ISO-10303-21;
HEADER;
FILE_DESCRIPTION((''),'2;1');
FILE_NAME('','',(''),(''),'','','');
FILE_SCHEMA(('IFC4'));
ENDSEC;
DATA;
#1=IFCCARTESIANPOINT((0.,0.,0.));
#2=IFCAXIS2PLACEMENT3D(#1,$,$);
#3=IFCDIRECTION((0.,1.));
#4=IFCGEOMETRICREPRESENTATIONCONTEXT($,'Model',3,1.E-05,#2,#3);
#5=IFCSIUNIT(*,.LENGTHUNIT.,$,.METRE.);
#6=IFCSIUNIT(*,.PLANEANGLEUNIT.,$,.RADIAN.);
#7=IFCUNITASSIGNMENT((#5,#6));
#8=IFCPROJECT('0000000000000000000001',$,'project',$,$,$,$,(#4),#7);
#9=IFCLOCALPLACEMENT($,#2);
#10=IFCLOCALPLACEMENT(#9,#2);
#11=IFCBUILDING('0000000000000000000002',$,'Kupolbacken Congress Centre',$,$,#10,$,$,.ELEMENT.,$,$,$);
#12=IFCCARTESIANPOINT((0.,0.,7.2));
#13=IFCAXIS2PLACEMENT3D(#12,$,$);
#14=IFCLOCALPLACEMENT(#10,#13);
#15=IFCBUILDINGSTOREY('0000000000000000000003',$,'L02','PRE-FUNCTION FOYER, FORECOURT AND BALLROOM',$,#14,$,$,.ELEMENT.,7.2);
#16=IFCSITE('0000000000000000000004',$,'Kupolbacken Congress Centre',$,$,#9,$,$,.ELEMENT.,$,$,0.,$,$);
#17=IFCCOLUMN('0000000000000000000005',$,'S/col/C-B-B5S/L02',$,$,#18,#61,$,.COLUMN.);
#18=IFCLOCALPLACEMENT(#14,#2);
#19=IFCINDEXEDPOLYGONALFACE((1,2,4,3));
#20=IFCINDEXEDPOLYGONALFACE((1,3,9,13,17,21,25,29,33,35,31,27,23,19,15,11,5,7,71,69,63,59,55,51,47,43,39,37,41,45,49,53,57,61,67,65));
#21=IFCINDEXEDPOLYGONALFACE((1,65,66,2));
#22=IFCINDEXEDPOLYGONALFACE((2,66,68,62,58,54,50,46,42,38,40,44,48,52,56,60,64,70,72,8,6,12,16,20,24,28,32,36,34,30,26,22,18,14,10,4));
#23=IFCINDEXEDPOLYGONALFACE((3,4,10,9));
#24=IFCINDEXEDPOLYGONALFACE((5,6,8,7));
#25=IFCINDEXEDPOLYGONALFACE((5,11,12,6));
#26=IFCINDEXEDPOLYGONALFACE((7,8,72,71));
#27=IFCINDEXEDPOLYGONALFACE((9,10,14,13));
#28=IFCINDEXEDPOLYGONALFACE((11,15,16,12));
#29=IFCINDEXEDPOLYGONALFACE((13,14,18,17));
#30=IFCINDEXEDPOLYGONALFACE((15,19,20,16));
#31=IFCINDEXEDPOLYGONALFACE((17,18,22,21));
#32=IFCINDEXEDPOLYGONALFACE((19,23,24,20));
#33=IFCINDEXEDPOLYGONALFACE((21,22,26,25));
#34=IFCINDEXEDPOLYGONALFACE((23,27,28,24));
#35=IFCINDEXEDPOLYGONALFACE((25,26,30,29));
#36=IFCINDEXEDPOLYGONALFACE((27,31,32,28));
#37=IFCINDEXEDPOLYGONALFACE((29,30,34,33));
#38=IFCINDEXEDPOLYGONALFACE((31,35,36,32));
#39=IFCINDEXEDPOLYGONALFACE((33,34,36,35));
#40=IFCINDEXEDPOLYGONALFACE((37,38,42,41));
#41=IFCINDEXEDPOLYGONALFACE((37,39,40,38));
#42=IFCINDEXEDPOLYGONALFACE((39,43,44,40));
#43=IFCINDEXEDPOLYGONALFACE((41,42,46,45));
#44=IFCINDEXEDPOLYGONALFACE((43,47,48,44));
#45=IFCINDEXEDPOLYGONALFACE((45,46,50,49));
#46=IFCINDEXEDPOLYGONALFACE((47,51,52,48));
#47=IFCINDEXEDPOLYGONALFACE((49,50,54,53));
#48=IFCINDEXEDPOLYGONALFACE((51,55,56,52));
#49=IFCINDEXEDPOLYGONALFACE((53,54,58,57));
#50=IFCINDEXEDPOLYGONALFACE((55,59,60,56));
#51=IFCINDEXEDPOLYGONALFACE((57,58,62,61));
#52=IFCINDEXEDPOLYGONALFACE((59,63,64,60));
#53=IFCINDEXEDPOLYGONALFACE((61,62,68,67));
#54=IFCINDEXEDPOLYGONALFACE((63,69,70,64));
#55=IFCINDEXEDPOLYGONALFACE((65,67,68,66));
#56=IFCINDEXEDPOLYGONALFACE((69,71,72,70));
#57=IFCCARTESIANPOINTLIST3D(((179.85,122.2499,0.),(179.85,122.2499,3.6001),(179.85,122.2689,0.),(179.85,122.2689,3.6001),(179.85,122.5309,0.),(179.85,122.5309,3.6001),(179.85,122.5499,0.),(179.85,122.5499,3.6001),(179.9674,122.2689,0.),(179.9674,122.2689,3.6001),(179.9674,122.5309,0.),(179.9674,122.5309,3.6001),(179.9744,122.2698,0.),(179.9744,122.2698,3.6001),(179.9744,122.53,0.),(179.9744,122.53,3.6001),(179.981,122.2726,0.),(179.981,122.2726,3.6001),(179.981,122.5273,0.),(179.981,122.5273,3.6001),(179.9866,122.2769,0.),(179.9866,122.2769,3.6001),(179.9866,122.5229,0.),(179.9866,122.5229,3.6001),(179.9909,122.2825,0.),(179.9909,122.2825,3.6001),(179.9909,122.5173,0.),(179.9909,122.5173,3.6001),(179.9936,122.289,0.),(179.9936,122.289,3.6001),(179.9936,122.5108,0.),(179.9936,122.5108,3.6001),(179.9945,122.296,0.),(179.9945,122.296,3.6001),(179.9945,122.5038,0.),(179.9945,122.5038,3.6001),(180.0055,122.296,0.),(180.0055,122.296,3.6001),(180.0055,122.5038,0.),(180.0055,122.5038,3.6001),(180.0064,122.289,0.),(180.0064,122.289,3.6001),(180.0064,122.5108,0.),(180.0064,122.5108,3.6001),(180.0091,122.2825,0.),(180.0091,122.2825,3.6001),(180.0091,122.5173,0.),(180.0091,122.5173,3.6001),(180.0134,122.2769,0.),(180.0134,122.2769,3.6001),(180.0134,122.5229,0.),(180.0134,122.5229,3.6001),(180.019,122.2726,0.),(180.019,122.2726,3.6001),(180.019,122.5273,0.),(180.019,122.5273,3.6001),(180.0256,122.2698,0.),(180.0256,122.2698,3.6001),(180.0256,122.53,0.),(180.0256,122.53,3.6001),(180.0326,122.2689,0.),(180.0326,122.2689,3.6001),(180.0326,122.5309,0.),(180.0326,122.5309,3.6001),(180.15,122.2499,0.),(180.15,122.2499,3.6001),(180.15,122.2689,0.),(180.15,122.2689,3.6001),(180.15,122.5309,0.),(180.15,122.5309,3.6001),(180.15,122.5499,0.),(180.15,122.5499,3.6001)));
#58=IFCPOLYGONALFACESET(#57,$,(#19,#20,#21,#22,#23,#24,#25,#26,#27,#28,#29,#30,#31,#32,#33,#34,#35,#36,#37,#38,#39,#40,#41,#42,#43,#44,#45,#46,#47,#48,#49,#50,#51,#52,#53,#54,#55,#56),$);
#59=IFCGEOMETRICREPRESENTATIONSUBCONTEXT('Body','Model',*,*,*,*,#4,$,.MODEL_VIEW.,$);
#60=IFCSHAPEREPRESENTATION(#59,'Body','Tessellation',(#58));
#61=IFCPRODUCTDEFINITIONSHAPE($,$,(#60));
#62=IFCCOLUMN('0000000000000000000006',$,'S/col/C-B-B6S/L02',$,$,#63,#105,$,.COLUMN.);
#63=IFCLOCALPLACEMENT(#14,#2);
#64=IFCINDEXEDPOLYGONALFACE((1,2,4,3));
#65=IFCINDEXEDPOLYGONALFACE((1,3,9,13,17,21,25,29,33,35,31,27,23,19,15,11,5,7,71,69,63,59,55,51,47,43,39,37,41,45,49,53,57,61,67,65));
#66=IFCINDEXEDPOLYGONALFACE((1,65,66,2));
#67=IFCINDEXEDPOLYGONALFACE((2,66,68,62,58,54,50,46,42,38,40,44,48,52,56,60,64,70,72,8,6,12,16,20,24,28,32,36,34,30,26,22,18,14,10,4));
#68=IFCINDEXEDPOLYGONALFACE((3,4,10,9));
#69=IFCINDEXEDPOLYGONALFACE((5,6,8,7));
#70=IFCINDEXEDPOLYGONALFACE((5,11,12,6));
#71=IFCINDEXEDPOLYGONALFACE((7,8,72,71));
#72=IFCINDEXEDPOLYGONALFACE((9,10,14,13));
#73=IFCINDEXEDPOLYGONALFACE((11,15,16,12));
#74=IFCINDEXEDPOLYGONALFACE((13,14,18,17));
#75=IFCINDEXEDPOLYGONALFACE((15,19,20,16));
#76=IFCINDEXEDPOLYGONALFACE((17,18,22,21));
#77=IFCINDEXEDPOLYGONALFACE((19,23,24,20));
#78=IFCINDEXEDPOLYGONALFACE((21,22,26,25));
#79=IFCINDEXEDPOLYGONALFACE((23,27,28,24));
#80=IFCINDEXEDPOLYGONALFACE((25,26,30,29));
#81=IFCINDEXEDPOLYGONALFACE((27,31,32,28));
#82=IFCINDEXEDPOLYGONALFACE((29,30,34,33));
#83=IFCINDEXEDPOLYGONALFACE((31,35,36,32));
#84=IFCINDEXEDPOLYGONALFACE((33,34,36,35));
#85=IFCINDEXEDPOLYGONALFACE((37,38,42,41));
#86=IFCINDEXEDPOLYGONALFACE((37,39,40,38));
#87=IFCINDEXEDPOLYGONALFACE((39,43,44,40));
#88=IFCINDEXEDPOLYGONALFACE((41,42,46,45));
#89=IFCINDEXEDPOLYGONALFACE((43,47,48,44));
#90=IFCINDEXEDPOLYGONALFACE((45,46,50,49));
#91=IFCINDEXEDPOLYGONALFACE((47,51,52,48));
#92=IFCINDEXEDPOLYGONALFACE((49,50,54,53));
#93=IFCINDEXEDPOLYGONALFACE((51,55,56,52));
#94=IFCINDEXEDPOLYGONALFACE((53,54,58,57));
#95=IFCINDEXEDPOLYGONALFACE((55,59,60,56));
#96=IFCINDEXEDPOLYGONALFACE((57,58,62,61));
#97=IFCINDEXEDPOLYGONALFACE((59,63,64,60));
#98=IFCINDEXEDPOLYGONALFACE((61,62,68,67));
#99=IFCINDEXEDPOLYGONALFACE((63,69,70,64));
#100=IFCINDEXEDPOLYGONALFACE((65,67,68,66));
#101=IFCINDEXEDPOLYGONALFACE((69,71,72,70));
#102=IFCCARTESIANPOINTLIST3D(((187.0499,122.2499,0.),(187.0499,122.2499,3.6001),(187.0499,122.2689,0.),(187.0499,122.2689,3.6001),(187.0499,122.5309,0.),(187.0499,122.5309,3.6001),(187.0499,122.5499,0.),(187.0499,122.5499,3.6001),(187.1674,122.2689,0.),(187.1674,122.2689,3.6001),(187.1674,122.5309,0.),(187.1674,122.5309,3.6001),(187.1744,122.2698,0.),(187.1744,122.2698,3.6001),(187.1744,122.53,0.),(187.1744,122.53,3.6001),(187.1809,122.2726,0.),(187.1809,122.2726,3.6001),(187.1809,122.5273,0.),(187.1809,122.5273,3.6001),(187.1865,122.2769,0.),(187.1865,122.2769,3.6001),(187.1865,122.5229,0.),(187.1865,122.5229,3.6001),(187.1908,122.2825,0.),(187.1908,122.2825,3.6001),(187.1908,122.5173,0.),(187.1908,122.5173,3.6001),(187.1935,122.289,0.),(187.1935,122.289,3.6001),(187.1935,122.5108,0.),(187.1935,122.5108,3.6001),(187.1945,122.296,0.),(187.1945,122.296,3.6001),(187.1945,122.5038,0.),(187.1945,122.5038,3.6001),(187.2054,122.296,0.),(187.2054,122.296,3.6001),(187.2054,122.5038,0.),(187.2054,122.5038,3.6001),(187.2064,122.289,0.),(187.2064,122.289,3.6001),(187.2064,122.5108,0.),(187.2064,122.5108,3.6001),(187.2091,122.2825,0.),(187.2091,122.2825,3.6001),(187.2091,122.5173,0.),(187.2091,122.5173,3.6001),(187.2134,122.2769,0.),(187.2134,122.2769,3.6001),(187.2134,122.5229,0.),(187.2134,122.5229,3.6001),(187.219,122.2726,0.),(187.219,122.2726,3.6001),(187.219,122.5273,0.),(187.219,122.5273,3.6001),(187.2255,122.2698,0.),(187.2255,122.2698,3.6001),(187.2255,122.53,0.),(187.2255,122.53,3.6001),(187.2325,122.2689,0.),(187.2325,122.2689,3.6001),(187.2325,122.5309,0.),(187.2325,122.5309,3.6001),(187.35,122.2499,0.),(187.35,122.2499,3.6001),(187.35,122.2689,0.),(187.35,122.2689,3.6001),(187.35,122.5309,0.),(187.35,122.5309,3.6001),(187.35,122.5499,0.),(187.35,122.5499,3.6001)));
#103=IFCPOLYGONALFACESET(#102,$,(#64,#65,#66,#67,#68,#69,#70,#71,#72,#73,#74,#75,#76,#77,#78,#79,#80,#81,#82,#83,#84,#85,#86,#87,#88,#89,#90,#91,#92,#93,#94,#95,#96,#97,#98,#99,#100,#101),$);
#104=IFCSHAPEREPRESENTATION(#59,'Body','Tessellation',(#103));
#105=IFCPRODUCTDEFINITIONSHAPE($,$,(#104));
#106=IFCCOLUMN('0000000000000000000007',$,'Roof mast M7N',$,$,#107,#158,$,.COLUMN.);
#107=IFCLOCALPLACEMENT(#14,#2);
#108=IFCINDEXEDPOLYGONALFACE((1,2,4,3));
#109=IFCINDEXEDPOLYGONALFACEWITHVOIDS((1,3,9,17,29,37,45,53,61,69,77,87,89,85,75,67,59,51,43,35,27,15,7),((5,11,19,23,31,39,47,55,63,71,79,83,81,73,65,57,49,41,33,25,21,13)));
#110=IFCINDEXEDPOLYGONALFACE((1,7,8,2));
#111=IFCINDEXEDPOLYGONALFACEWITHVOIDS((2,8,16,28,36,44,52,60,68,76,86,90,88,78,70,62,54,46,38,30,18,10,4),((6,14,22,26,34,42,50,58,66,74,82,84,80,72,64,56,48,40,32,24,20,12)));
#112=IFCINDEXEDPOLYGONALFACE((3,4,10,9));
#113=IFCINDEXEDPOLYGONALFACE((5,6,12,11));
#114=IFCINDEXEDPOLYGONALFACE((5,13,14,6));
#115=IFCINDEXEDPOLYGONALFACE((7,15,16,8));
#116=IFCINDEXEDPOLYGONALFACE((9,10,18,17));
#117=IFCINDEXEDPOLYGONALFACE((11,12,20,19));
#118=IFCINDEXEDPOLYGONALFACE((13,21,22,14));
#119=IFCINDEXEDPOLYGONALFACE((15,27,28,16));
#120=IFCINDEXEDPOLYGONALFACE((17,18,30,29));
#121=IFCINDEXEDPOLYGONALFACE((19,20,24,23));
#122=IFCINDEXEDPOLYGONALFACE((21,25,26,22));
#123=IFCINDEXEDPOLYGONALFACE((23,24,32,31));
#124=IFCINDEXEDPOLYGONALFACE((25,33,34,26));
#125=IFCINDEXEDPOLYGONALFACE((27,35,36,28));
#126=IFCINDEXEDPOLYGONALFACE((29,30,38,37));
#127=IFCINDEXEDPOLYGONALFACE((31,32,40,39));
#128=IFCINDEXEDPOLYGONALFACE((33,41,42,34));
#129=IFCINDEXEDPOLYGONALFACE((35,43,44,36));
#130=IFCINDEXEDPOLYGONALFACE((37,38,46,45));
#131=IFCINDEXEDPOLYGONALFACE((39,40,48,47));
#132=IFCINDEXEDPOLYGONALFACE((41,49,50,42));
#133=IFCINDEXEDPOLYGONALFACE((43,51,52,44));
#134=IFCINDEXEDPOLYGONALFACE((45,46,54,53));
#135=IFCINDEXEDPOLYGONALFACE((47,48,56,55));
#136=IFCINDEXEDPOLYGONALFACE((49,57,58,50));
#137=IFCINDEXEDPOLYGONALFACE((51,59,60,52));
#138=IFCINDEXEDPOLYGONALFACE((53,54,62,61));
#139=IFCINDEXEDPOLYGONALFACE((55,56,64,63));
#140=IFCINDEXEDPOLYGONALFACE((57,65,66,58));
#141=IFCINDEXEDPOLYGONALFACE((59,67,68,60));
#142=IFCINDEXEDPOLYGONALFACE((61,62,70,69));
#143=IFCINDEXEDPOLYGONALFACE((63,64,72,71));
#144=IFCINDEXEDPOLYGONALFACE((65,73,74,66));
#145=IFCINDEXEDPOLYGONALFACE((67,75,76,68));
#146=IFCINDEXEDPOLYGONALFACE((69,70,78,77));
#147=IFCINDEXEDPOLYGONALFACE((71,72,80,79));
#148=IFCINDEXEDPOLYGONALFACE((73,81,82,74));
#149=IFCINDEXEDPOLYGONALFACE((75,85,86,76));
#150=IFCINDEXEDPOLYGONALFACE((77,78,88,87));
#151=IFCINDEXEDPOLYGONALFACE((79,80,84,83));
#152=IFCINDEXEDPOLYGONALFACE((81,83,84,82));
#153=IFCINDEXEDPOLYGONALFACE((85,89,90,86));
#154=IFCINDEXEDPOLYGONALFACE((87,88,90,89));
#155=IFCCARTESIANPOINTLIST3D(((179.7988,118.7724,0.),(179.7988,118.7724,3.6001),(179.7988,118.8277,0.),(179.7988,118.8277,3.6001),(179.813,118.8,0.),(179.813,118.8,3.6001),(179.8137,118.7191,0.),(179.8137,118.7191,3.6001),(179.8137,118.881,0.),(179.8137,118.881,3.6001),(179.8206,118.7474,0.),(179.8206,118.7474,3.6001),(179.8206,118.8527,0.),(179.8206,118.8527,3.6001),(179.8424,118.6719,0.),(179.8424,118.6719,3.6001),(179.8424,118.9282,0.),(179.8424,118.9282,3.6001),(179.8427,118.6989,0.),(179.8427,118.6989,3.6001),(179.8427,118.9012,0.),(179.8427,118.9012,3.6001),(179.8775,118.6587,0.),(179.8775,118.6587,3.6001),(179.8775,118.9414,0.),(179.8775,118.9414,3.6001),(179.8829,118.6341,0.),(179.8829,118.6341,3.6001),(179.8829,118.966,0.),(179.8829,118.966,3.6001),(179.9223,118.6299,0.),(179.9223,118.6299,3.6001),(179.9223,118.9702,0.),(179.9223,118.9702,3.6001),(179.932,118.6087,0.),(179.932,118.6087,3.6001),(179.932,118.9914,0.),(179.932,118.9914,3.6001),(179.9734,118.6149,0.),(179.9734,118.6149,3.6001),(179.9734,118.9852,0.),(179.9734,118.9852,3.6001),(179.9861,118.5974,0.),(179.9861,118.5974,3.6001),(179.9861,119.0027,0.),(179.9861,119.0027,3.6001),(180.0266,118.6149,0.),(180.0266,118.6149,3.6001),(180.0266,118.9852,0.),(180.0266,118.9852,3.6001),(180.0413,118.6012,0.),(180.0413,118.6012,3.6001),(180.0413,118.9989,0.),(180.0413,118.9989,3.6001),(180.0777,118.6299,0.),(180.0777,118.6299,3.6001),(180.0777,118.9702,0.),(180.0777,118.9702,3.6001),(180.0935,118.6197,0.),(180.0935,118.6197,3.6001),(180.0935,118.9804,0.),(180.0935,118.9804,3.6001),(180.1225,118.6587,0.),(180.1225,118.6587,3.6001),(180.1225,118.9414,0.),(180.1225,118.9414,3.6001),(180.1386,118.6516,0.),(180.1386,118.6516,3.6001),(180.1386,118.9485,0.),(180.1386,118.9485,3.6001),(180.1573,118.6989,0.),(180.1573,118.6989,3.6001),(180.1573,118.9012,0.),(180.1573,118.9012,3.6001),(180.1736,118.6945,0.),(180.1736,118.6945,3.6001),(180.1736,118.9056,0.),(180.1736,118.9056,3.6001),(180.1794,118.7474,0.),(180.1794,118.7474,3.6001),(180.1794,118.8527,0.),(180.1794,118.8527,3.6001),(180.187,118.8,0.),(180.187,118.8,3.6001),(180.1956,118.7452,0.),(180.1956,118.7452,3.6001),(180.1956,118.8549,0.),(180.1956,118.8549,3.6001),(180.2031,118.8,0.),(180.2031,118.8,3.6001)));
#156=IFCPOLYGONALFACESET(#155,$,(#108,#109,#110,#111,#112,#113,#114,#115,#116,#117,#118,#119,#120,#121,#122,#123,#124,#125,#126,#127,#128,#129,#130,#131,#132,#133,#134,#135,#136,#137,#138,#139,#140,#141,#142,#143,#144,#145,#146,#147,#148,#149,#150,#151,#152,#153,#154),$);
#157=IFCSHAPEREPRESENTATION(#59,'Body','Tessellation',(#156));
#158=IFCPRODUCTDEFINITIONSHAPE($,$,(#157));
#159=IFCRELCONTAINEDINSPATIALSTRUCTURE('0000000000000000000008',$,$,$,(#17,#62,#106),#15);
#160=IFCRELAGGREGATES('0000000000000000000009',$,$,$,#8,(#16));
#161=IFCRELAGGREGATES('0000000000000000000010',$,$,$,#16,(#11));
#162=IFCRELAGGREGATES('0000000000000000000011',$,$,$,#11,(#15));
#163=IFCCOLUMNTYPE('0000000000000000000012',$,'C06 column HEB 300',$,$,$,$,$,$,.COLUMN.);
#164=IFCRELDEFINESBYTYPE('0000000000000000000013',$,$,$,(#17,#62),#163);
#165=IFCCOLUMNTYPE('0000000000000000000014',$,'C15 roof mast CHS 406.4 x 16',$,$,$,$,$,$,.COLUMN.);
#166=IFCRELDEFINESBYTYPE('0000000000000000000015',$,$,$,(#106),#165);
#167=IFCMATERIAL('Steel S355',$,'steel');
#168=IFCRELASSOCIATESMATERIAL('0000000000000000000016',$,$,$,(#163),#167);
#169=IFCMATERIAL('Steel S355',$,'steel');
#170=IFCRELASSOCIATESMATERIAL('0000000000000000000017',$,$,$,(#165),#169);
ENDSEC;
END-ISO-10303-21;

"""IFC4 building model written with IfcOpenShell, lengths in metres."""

from ifc_helpers import new_model, si_unit, direction, frame, origin, origin_2d, place, context, subcontext, project, spatial, hollow_circle, i_section, extrude, material, material_profile, profile_set, type_object, element, save


model = new_model("IFC4")

# Units and contexts
model_context = context("Model", 3, precision=1e-05, world=origin(), true_north=direction((0.0, 1.0)))
body_context = subcontext(model_context, "Body", "Model", "MODEL_VIEW")
ifc_project = project(units=[si_unit("LENGTHUNIT", "METRE"), si_unit("PLANEANGLEUNIT", "RADIAN")], contexts=[model_context])

# Site, building, storey
site_placement = place(None, origin())
site = spatial("IfcSite", under=ifc_project, at=site_placement, Name="Kupolbacken Congress Centre", CompositionType="ELEMENT", RefElevation=0.0)
building_placement = place(site_placement, origin())
building = spatial("IfcBuilding", under=site, at=building_placement, Name="Kupolbacken Congress Centre", CompositionType="ELEMENT")
storey_placement = place(building_placement, frame((0.0, 0.0, 7.2)))
storey = spatial("IfcBuildingStorey", under=building, at=storey_placement, Name="L02", Description="PRE-FUNCTION FOYER, FORECOURT AND BALLROOM", CompositionType="ELEMENT", Elevation=7.2)

# Columns
ifc_material_1 = material(Name="Steel S355", Category="steel")
ifc_material_profile_1 = material_profile(ifc_material_1, i_section(OverallWidth=0.3, OverallDepth=0.3, WebThickness=0.011, FlangeThickness=0.019, FilletRadius=0.0271, at=origin_2d()), Name="HEB 300")
ifc_profile_set_1 = profile_set([ifc_material_profile_1], Name="Steel S355")
column_type_1 = type_object("IfcColumnType", Name="C06 column HEB 300", PredefinedType="COLUMN", material=ifc_profile_set_1)
for number, where, z_axis, x_axis, name in (
    (1, (180.0, 122.3999, 0.0), (0.0, 0.0, 1.0), (1.0, 0.0, 0.0), "S/col/C-B-B5S/L02"),
    (2, (187.2, 122.3999, 0.0), (0.0, 0.0, 1.0), (1.0, 0.0, 0.0), "S/col/C-B-B6S/L02"),
):
    element("IfcColumn", number, at=place(storey_placement, frame(where, z_axis=z_axis, x_axis=x_axis)), inside=storey, type_object=column_type_1, Name=name, PredefinedType="COLUMN", context=body_context, shape_type="SweptSolid", body=[
        extrude(i_section(OverallWidth=0.3, OverallDepth=0.3, WebThickness=0.011, FlangeThickness=0.019, FilletRadius=0.0271, at=origin_2d()), origin(), (0.0, 0.0, 1.0), 3.6001),
    ])
ifc_material_2 = material(Name="Steel S355", Category="steel")
ifc_material_profile_2 = material_profile(ifc_material_2, hollow_circle(Radius=0.2031, WallThickness=0.0161, at=origin_2d()), Name="CHS 406.4 x 16")
ifc_profile_set_2 = profile_set([ifc_material_profile_2], Name="Steel S355")
column_type_2 = type_object("IfcColumnType", Name="C15 roof mast CHS 406.4 x 16", PredefinedType="COLUMN", material=ifc_profile_set_2)
column_placement = place(storey_placement, frame((180.0, 118.8, 0.0), z_axis=(0.0, 0.0, 1.0), x_axis=(1.0, 0.0, 0.0)))
element("IfcColumn", 3, at=column_placement, inside=storey, type_object=column_type_2, Name="Roof mast M7N", PredefinedType="COLUMN", context=body_context, shape_type="SweptSolid", body=[
    extrude(hollow_circle(Radius=0.2031, WallThickness=0.0161, at=origin_2d()), origin(), (0.0, 0.0, 1.0), 3.6001),
])

save(model, "model.ifc")
